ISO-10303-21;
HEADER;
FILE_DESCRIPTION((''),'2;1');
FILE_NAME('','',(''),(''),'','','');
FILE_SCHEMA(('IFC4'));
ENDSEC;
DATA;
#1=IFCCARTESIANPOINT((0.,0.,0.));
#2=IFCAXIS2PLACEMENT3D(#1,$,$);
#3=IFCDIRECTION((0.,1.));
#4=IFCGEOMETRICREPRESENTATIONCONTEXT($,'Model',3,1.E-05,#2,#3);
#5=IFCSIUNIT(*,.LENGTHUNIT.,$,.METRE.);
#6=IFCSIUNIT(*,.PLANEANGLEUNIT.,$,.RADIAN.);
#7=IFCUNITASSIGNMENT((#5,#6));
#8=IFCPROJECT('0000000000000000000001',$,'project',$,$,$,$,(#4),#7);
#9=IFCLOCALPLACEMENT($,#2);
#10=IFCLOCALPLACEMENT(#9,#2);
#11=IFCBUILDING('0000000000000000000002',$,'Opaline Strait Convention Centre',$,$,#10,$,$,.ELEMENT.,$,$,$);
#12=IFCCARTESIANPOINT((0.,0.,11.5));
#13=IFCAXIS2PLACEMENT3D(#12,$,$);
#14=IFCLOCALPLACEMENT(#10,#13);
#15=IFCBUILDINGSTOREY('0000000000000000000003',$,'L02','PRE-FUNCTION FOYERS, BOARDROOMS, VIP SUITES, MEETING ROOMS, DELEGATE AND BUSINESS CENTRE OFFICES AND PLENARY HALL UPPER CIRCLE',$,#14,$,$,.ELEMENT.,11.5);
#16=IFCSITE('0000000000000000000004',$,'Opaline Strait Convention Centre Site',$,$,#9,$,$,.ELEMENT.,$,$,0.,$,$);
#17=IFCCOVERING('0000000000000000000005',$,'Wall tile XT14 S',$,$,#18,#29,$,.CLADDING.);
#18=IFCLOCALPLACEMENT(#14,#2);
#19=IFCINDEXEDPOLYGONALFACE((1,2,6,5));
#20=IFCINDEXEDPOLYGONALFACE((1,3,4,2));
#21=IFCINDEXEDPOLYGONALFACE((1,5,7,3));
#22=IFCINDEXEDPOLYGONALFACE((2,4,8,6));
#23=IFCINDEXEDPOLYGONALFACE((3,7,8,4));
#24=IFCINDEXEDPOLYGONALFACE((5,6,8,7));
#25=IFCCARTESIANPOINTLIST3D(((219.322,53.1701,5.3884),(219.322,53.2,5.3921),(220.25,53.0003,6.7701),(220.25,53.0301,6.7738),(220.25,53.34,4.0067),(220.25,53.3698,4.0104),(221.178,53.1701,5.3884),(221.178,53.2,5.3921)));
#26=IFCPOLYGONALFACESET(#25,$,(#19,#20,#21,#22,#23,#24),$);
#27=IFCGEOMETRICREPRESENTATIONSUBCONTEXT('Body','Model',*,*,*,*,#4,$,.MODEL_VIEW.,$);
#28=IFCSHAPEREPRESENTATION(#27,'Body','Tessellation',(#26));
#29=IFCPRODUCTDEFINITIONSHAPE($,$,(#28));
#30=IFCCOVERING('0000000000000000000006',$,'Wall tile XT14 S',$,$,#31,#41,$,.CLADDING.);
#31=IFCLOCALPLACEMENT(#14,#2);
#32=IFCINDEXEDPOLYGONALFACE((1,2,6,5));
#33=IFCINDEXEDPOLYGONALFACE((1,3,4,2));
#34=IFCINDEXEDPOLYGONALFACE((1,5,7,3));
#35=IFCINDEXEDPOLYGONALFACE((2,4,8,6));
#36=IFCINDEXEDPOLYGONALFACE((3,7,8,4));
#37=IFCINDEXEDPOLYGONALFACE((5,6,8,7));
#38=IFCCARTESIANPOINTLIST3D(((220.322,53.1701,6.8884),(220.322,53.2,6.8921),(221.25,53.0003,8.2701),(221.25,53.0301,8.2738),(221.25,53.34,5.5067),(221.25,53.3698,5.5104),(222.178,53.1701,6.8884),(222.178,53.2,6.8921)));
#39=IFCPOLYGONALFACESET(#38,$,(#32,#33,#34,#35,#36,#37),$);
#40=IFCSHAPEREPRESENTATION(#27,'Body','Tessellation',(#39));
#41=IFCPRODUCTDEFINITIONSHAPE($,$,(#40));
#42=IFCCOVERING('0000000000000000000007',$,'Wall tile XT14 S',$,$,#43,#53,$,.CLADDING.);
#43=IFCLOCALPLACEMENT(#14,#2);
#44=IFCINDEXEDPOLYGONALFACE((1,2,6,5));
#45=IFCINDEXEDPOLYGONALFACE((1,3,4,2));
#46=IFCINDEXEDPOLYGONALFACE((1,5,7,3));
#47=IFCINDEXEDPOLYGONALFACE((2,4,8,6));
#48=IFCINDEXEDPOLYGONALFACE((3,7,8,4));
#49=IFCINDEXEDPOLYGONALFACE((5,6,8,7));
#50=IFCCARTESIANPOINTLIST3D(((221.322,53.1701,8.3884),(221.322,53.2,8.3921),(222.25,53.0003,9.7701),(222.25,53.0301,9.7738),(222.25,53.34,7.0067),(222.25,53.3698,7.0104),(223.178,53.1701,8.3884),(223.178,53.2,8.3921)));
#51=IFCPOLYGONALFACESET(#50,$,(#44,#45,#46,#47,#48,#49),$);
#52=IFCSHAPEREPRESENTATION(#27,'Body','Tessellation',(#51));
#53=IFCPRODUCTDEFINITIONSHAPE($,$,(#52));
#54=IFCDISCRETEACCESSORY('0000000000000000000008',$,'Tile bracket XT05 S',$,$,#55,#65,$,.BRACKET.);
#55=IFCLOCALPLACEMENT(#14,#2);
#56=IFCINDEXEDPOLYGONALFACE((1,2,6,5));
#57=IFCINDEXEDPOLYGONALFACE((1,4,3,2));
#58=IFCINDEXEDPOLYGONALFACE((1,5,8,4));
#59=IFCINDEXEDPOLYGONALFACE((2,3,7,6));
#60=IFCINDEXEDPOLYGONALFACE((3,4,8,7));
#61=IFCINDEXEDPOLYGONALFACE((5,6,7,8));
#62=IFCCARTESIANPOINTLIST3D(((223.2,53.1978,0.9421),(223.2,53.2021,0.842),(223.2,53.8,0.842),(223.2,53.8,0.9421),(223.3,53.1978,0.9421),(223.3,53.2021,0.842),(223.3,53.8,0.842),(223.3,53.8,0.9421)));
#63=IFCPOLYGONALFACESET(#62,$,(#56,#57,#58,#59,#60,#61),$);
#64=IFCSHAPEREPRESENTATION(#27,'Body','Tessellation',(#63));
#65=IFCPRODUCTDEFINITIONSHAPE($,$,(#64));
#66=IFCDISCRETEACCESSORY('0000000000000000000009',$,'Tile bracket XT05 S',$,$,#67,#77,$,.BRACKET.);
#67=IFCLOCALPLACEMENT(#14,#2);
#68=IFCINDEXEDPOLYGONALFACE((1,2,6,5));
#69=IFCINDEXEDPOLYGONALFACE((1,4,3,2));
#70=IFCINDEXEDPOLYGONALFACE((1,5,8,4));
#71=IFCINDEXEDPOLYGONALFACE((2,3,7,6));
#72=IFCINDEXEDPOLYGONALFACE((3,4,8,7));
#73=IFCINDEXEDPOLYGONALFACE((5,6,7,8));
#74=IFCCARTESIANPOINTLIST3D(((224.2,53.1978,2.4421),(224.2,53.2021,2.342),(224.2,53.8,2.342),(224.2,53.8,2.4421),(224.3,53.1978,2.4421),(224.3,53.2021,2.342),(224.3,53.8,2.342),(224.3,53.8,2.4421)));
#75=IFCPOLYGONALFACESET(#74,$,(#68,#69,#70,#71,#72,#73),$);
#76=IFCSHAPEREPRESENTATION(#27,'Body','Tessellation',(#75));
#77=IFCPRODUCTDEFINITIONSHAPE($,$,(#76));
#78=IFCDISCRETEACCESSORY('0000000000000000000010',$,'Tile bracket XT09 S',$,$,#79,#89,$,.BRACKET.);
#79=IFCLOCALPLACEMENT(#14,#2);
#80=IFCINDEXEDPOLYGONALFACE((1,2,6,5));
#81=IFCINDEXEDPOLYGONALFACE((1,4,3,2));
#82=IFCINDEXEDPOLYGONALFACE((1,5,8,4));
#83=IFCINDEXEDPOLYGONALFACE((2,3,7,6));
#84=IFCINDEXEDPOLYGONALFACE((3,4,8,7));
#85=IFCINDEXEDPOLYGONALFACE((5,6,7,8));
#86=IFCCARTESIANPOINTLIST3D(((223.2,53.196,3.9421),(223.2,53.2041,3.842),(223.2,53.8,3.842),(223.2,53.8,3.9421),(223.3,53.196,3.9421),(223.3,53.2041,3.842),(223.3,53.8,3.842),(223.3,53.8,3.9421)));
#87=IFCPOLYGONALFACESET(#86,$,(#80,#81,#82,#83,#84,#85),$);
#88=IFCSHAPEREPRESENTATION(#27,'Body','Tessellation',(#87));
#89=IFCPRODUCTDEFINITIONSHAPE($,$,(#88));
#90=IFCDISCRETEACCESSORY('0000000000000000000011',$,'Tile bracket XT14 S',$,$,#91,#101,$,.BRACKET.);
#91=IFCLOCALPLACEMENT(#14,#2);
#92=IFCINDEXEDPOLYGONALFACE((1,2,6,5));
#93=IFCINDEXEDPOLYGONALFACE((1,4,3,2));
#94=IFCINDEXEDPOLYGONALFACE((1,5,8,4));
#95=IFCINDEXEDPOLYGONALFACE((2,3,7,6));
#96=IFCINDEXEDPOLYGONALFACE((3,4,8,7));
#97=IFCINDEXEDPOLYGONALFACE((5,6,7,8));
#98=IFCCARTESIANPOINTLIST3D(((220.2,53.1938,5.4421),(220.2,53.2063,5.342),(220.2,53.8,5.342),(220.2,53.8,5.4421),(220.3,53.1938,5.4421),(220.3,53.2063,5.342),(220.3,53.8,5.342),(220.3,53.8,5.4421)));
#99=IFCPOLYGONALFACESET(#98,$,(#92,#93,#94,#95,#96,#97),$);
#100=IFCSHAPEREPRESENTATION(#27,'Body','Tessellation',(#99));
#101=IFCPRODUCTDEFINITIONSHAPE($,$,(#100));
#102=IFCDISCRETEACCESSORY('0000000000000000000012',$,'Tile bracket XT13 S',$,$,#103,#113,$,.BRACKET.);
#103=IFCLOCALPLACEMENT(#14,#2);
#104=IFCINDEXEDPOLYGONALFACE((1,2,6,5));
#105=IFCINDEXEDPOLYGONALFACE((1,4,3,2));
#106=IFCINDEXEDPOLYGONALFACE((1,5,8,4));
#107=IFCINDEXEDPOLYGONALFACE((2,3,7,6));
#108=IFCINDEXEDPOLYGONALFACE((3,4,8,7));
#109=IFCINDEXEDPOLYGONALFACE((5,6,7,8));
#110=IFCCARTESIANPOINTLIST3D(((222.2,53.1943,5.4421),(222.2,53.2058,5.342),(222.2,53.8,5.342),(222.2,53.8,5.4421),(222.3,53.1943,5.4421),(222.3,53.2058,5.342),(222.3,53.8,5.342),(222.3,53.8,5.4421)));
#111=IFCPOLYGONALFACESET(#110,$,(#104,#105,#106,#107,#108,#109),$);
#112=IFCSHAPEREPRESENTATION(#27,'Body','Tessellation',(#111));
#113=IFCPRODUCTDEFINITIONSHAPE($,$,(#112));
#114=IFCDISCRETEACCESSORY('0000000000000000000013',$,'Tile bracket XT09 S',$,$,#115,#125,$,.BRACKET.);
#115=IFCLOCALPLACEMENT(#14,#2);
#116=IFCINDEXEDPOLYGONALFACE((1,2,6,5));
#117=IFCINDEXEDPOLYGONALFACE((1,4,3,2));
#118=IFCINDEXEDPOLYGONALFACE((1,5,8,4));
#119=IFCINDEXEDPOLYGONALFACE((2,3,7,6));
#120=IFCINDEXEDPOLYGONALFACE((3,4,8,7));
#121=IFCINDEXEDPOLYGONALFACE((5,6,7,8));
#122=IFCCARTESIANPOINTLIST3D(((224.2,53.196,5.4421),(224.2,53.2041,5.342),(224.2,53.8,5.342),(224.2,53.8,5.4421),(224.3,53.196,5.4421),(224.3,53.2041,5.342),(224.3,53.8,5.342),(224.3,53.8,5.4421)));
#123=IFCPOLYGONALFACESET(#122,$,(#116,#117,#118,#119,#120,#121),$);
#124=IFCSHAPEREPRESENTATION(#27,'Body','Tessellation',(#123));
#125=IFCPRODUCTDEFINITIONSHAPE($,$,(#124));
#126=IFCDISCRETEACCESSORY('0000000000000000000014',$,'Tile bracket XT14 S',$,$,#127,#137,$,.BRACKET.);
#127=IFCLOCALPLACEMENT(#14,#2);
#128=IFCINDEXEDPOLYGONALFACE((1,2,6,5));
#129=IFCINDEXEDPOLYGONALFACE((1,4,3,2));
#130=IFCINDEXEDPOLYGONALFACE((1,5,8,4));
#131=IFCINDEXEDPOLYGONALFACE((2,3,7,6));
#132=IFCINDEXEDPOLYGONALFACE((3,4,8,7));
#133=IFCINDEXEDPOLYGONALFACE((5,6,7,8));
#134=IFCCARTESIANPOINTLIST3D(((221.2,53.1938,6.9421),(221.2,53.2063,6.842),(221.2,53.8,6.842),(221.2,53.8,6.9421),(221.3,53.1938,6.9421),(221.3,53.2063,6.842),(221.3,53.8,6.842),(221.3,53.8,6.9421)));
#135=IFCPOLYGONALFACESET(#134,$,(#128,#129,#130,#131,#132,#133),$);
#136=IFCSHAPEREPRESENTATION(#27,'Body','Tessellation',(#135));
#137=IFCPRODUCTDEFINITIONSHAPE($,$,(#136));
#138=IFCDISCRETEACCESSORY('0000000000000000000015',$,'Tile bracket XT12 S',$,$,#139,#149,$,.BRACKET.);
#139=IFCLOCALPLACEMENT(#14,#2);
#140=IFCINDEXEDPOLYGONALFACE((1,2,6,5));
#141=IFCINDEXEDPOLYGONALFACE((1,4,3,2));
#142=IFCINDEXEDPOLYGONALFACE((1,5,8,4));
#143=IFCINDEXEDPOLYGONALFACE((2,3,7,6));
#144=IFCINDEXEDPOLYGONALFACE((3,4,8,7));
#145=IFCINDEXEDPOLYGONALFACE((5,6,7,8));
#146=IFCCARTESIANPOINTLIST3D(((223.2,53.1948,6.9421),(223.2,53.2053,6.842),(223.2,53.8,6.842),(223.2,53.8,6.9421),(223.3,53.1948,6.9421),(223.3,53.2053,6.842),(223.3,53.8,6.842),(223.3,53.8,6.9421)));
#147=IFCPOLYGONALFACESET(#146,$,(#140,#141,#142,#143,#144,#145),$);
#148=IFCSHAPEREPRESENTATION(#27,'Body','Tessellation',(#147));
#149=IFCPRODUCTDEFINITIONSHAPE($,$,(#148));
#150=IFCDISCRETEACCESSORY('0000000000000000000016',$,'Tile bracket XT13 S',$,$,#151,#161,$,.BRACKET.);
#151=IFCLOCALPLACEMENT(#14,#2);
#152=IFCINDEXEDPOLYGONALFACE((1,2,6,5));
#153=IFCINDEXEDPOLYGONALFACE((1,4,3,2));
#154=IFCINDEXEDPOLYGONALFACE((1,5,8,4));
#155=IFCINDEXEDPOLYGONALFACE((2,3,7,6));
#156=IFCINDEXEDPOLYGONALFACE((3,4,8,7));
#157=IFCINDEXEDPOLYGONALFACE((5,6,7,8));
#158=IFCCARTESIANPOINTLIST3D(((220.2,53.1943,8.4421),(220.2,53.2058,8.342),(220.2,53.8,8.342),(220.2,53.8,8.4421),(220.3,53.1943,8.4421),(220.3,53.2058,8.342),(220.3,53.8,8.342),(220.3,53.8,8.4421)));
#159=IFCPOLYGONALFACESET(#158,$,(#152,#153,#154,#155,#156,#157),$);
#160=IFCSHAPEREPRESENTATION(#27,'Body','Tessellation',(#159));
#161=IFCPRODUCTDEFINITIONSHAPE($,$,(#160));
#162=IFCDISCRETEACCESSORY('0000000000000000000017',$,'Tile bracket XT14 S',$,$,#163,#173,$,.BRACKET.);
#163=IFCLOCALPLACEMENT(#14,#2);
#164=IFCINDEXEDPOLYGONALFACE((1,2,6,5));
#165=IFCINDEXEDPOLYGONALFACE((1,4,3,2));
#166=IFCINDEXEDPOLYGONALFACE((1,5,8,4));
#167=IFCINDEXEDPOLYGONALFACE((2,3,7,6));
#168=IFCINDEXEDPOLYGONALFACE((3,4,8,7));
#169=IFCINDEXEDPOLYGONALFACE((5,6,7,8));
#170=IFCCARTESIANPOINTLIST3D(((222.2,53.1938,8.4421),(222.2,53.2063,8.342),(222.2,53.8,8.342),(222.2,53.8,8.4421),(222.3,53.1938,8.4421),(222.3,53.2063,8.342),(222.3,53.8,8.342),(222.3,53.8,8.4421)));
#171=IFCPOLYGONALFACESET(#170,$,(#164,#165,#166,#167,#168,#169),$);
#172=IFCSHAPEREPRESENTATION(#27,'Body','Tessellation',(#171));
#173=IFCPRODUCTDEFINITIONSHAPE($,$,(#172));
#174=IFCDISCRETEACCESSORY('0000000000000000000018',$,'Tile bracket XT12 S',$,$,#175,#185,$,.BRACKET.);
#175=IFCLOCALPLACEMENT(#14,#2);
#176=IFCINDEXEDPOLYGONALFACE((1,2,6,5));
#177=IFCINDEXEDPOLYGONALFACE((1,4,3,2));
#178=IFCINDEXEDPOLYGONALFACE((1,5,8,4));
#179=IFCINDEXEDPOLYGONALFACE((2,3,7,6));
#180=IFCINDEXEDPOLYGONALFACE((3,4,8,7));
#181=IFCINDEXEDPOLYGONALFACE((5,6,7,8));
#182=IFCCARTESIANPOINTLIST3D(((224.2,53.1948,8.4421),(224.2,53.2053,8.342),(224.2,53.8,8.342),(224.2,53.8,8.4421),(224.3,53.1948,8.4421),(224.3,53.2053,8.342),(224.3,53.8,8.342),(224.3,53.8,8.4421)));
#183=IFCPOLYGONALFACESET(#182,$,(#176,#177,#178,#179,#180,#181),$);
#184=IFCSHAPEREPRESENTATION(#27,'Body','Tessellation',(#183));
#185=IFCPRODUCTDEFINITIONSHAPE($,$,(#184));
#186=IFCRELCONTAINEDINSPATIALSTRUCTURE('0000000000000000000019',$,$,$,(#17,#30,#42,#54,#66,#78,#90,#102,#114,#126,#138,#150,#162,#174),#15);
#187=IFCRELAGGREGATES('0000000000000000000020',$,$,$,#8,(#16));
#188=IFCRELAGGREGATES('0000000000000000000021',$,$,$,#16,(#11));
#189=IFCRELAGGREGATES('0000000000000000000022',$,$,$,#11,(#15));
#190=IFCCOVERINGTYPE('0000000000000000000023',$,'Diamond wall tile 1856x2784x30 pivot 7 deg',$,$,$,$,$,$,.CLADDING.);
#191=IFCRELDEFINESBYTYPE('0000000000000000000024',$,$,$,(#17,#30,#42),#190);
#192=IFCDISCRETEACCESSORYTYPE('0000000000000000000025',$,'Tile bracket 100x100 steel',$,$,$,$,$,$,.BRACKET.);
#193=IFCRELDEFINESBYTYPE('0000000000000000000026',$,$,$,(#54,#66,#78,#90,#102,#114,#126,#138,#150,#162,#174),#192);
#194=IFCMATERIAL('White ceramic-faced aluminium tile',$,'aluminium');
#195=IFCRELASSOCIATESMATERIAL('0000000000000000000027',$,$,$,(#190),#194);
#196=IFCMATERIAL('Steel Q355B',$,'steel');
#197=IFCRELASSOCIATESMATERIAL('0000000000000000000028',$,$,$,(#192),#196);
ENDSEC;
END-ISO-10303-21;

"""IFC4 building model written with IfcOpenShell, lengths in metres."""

from ifc_helpers import new_model, si_unit, direction, frame, origin, place, context, subcontext, project, spatial, polyline, outline, extrude, material, material_profile, profile_set, type_object, element, save


model = new_model("IFC4")

# Units and contexts
model_context = context("Model", 3, precision=1e-05, world=origin(), true_north=direction((0.0, 1.0)))
body_context = subcontext(model_context, "Body", "Model", "MODEL_VIEW")
ifc_project = project(units=[si_unit("LENGTHUNIT", "METRE"), si_unit("PLANEANGLEUNIT", "RADIAN")], contexts=[model_context])

# Site, building, storey
site_placement = place(None, origin())
site = spatial("IfcSite", under=ifc_project, at=site_placement, Name="Opaline Strait Convention Centre Site", CompositionType="ELEMENT", RefElevation=0.0)
building_placement = place(site_placement, origin())
building = spatial("IfcBuilding", under=site, at=building_placement, Name="Opaline Strait Convention Centre", CompositionType="ELEMENT")
storey_placement = place(building_placement, frame((0.0, 0.0, 11.5)))
storey = spatial("IfcBuildingStorey", under=building, at=storey_placement, Name="L02", Description="PRE-FUNCTION FOYERS, BOARDROOMS, VIP SUITES, MEETING ROOMS, DELEGATE AND BUSINESS CENTRE OFFICES AND PLENARY HALL UPPER CIRCLE", CompositionType="ELEMENT", Elevation=11.5)

# Shared definitions
ifc_material_1 = material(Name="Steel Q355B", Category="steel")

# Coverings
ifc_material_2 = material(Name="White ceramic-faced aluminium tile", Category="aluminium")
ifc_material_profile_1 = material_profile(ifc_material_2, outline(polyline([(0.928, 0.0), (0.0, 1.3921), (-0.928, 0.0), (0.0, -1.3921), (0.928, 0.0)])), Name="Diamond tile 1856x2784")
ifc_profile_set_1 = profile_set([ifc_material_profile_1], Name="White ceramic-faced aluminium tile")
covering_type_1 = type_object("IfcCoveringType", Name="Diamond wall tile 1856x2784x30 pivot 7 deg", PredefinedType="CLADDING", material=ifc_profile_set_1)
for number, where, z_axis, x_axis, name in (
    (1, (220.25, 53.2, 5.3921), (0.0, -0.992526, -0.122032), (1.0, 0.0, 0.0), "Wall tile XT14 S"),
    (2, (221.25, 53.2, 6.8921), (0.0, -0.992526, -0.122032), (1.0, 0.0, 0.0), "Wall tile XT14 S"),
    (3, (222.25, 53.2, 8.3921), (0.0, -0.992526, -0.122032), (1.0, 0.0, 0.0), "Wall tile XT14 S"),
):
    element("IfcCovering", number, at=place(storey_placement, frame(where, z_axis=z_axis, x_axis=x_axis)), inside=storey, type_object=covering_type_1, Name=name, PredefinedType="CLADDING", context=body_context, shape_type="SweptSolid", body=[
        extrude(outline(polyline([(0.928, 0.0), (0.0, 1.3921), (-0.928, 0.0), (0.0, -1.3921), (0.928, 0.0)])), origin(), (0.0, 0.0, 1.0), 0.03),
    ])

# Discrete accessories
discrete_accessory_type = type_object("IfcDiscreteAccessoryType", Name="Tile bracket 100x100 steel", PredefinedType="BRACKET", material=ifc_material_1)
for number, where, z_axis, x_axis, name in (
    (4, (223.2, 53.8, 0.8921), (1.0, 0.0, 0.0), (0.0, 1.0, 0.0), "Tile bracket XT05 S"),
    (5, (224.2, 53.8, 2.3921), (1.0, 0.0, 0.0), (0.0, 1.0, 0.0), "Tile bracket XT05 S"),
):
    element("IfcDiscreteAccessory", number, at=place(storey_placement, frame(where, z_axis=z_axis, x_axis=x_axis)), inside=storey, type_object=discrete_accessory_type, Name=name, PredefinedType="BRACKET", context=body_context, shape_type="SweptSolid", body=[
        extrude(outline(polyline([(0.0, -0.05), (0.0, 0.05), (-0.6023, 0.05), (-0.5979, -0.05), (0.0, -0.05)])), origin(), (0.0, 0.0, 1.0), 0.1001),
    ])
discrete_accessory_1_placement = place(storey_placement, frame((223.2, 53.8, 3.8921), z_axis=(1.0, 0.0, 0.0), x_axis=(0.0, 1.0, 0.0)))
element("IfcDiscreteAccessory", 6, at=discrete_accessory_1_placement, inside=storey, type_object=discrete_accessory_type, Name="Tile bracket XT09 S", PredefinedType="BRACKET", context=body_context, shape_type="SweptSolid", body=[
    extrude(outline(polyline([(0.0, -0.05), (0.0, 0.05), (-0.604, 0.05), (-0.5959, -0.05), (0.0, -0.05)])), origin(), (0.0, 0.0, 1.0), 0.1001),
])
discrete_accessory_2_placement = place(storey_placement, frame((220.2, 53.8, 5.3921), z_axis=(1.0, 0.0, 0.0), x_axis=(0.0, 1.0, 0.0)))
element("IfcDiscreteAccessory", 7, at=discrete_accessory_2_placement, inside=storey, type_object=discrete_accessory_type, Name="Tile bracket XT14 S", PredefinedType="BRACKET", context=body_context, shape_type="SweptSolid", body=[
    extrude(outline(polyline([(0.0, -0.05), (0.0, 0.05), (-0.6062, 0.05), (-0.5938, -0.05), (0.0, -0.05)])), origin(), (0.0, 0.0, 1.0), 0.1001),
])
discrete_accessory_3_placement = place(storey_placement, frame((222.2, 53.8, 5.3921), z_axis=(1.0, 0.0, 0.0), x_axis=(0.0, 1.0, 0.0)))
element("IfcDiscreteAccessory", 8, at=discrete_accessory_3_placement, inside=storey, type_object=discrete_accessory_type, Name="Tile bracket XT13 S", PredefinedType="BRACKET", context=body_context, shape_type="SweptSolid", body=[
    extrude(outline(polyline([(0.0, -0.05), (0.0, 0.05), (-0.6057, 0.05), (-0.5942, -0.05), (0.0, -0.05)])), origin(), (0.0, 0.0, 1.0), 0.1001),
])
discrete_accessory_4_placement = place(storey_placement, frame((224.2, 53.8, 5.3921), z_axis=(1.0, 0.0, 0.0), x_axis=(0.0, 1.0, 0.0)))
element("IfcDiscreteAccessory", 9, at=discrete_accessory_4_placement, inside=storey, type_object=discrete_accessory_type, Name="Tile bracket XT09 S", PredefinedType="BRACKET", context=body_context, shape_type="SweptSolid", body=[
    extrude(outline(polyline([(0.0, -0.05), (0.0, 0.05), (-0.604, 0.05), (-0.5959, -0.05), (0.0, -0.05)])), origin(), (0.0, 0.0, 1.0), 0.1001),
])
discrete_accessory_5_placement = place(storey_placement, frame((221.2, 53.8, 6.8921), z_axis=(1.0, 0.0, 0.0), x_axis=(0.0, 1.0, 0.0)))
element("IfcDiscreteAccessory", 10, at=discrete_accessory_5_placement, inside=storey, type_object=discrete_accessory_type, Name="Tile bracket XT14 S", PredefinedType="BRACKET", context=body_context, shape_type="SweptSolid", body=[
    extrude(outline(polyline([(0.0, -0.05), (0.0, 0.05), (-0.6062, 0.05), (-0.5938, -0.05), (0.0, -0.05)])), origin(), (0.0, 0.0, 1.0), 0.1001),
])
discrete_accessory_6_placement = place(storey_placement, frame((223.2, 53.8, 6.8921), z_axis=(1.0, 0.0, 0.0), x_axis=(0.0, 1.0, 0.0)))
element("IfcDiscreteAccessory", 11, at=discrete_accessory_6_placement, inside=storey, type_object=discrete_accessory_type, Name="Tile bracket XT12 S", PredefinedType="BRACKET", context=body_context, shape_type="SweptSolid", body=[
    extrude(outline(polyline([(0.0, -0.05), (0.0, 0.05), (-0.6052, 0.05), (-0.5947, -0.05), (0.0, -0.05)])), origin(), (0.0, 0.0, 1.0), 0.1001),
])
discrete_accessory_7_placement = place(storey_placement, frame((220.2, 53.8, 8.3921), z_axis=(1.0, 0.0, 0.0), x_axis=(0.0, 1.0, 0.0)))
element("IfcDiscreteAccessory", 12, at=discrete_accessory_7_placement, inside=storey, type_object=discrete_accessory_type, Name="Tile bracket XT13 S", PredefinedType="BRACKET", context=body_context, shape_type="SweptSolid", body=[
    extrude(outline(polyline([(0.0, -0.05), (0.0, 0.05), (-0.6057, 0.05), (-0.5942, -0.05), (0.0, -0.05)])), origin(), (0.0, 0.0, 1.0), 0.1001),
])
discrete_accessory_8_placement = place(storey_placement, frame((222.2, 53.8, 8.3921), z_axis=(1.0, 0.0, 0.0), x_axis=(0.0, 1.0, 0.0)))
element("IfcDiscreteAccessory", 13, at=discrete_accessory_8_placement, inside=storey, type_object=discrete_accessory_type, Name="Tile bracket XT14 S", PredefinedType="BRACKET", context=body_context, shape_type="SweptSolid", body=[
    extrude(outline(polyline([(0.0, -0.05), (0.0, 0.05), (-0.6062, 0.05), (-0.5938, -0.05), (0.0, -0.05)])), origin(), (0.0, 0.0, 1.0), 0.1001),
])
discrete_accessory_9_placement = place(storey_placement, frame((224.2, 53.8, 8.3921), z_axis=(1.0, 0.0, 0.0), x_axis=(0.0, 1.0, 0.0)))
element("IfcDiscreteAccessory", 14, at=discrete_accessory_9_placement, inside=storey, type_object=discrete_accessory_type, Name="Tile bracket XT12 S", PredefinedType="BRACKET", context=body_context, shape_type="SweptSolid", body=[
    extrude(outline(polyline([(0.0, -0.05), (0.0, 0.05), (-0.6052, 0.05), (-0.5947, -0.05), (0.0, -0.05)])), origin(), (0.0, 0.0, 1.0), 0.1001),
])

save(model, "model.ifc")
